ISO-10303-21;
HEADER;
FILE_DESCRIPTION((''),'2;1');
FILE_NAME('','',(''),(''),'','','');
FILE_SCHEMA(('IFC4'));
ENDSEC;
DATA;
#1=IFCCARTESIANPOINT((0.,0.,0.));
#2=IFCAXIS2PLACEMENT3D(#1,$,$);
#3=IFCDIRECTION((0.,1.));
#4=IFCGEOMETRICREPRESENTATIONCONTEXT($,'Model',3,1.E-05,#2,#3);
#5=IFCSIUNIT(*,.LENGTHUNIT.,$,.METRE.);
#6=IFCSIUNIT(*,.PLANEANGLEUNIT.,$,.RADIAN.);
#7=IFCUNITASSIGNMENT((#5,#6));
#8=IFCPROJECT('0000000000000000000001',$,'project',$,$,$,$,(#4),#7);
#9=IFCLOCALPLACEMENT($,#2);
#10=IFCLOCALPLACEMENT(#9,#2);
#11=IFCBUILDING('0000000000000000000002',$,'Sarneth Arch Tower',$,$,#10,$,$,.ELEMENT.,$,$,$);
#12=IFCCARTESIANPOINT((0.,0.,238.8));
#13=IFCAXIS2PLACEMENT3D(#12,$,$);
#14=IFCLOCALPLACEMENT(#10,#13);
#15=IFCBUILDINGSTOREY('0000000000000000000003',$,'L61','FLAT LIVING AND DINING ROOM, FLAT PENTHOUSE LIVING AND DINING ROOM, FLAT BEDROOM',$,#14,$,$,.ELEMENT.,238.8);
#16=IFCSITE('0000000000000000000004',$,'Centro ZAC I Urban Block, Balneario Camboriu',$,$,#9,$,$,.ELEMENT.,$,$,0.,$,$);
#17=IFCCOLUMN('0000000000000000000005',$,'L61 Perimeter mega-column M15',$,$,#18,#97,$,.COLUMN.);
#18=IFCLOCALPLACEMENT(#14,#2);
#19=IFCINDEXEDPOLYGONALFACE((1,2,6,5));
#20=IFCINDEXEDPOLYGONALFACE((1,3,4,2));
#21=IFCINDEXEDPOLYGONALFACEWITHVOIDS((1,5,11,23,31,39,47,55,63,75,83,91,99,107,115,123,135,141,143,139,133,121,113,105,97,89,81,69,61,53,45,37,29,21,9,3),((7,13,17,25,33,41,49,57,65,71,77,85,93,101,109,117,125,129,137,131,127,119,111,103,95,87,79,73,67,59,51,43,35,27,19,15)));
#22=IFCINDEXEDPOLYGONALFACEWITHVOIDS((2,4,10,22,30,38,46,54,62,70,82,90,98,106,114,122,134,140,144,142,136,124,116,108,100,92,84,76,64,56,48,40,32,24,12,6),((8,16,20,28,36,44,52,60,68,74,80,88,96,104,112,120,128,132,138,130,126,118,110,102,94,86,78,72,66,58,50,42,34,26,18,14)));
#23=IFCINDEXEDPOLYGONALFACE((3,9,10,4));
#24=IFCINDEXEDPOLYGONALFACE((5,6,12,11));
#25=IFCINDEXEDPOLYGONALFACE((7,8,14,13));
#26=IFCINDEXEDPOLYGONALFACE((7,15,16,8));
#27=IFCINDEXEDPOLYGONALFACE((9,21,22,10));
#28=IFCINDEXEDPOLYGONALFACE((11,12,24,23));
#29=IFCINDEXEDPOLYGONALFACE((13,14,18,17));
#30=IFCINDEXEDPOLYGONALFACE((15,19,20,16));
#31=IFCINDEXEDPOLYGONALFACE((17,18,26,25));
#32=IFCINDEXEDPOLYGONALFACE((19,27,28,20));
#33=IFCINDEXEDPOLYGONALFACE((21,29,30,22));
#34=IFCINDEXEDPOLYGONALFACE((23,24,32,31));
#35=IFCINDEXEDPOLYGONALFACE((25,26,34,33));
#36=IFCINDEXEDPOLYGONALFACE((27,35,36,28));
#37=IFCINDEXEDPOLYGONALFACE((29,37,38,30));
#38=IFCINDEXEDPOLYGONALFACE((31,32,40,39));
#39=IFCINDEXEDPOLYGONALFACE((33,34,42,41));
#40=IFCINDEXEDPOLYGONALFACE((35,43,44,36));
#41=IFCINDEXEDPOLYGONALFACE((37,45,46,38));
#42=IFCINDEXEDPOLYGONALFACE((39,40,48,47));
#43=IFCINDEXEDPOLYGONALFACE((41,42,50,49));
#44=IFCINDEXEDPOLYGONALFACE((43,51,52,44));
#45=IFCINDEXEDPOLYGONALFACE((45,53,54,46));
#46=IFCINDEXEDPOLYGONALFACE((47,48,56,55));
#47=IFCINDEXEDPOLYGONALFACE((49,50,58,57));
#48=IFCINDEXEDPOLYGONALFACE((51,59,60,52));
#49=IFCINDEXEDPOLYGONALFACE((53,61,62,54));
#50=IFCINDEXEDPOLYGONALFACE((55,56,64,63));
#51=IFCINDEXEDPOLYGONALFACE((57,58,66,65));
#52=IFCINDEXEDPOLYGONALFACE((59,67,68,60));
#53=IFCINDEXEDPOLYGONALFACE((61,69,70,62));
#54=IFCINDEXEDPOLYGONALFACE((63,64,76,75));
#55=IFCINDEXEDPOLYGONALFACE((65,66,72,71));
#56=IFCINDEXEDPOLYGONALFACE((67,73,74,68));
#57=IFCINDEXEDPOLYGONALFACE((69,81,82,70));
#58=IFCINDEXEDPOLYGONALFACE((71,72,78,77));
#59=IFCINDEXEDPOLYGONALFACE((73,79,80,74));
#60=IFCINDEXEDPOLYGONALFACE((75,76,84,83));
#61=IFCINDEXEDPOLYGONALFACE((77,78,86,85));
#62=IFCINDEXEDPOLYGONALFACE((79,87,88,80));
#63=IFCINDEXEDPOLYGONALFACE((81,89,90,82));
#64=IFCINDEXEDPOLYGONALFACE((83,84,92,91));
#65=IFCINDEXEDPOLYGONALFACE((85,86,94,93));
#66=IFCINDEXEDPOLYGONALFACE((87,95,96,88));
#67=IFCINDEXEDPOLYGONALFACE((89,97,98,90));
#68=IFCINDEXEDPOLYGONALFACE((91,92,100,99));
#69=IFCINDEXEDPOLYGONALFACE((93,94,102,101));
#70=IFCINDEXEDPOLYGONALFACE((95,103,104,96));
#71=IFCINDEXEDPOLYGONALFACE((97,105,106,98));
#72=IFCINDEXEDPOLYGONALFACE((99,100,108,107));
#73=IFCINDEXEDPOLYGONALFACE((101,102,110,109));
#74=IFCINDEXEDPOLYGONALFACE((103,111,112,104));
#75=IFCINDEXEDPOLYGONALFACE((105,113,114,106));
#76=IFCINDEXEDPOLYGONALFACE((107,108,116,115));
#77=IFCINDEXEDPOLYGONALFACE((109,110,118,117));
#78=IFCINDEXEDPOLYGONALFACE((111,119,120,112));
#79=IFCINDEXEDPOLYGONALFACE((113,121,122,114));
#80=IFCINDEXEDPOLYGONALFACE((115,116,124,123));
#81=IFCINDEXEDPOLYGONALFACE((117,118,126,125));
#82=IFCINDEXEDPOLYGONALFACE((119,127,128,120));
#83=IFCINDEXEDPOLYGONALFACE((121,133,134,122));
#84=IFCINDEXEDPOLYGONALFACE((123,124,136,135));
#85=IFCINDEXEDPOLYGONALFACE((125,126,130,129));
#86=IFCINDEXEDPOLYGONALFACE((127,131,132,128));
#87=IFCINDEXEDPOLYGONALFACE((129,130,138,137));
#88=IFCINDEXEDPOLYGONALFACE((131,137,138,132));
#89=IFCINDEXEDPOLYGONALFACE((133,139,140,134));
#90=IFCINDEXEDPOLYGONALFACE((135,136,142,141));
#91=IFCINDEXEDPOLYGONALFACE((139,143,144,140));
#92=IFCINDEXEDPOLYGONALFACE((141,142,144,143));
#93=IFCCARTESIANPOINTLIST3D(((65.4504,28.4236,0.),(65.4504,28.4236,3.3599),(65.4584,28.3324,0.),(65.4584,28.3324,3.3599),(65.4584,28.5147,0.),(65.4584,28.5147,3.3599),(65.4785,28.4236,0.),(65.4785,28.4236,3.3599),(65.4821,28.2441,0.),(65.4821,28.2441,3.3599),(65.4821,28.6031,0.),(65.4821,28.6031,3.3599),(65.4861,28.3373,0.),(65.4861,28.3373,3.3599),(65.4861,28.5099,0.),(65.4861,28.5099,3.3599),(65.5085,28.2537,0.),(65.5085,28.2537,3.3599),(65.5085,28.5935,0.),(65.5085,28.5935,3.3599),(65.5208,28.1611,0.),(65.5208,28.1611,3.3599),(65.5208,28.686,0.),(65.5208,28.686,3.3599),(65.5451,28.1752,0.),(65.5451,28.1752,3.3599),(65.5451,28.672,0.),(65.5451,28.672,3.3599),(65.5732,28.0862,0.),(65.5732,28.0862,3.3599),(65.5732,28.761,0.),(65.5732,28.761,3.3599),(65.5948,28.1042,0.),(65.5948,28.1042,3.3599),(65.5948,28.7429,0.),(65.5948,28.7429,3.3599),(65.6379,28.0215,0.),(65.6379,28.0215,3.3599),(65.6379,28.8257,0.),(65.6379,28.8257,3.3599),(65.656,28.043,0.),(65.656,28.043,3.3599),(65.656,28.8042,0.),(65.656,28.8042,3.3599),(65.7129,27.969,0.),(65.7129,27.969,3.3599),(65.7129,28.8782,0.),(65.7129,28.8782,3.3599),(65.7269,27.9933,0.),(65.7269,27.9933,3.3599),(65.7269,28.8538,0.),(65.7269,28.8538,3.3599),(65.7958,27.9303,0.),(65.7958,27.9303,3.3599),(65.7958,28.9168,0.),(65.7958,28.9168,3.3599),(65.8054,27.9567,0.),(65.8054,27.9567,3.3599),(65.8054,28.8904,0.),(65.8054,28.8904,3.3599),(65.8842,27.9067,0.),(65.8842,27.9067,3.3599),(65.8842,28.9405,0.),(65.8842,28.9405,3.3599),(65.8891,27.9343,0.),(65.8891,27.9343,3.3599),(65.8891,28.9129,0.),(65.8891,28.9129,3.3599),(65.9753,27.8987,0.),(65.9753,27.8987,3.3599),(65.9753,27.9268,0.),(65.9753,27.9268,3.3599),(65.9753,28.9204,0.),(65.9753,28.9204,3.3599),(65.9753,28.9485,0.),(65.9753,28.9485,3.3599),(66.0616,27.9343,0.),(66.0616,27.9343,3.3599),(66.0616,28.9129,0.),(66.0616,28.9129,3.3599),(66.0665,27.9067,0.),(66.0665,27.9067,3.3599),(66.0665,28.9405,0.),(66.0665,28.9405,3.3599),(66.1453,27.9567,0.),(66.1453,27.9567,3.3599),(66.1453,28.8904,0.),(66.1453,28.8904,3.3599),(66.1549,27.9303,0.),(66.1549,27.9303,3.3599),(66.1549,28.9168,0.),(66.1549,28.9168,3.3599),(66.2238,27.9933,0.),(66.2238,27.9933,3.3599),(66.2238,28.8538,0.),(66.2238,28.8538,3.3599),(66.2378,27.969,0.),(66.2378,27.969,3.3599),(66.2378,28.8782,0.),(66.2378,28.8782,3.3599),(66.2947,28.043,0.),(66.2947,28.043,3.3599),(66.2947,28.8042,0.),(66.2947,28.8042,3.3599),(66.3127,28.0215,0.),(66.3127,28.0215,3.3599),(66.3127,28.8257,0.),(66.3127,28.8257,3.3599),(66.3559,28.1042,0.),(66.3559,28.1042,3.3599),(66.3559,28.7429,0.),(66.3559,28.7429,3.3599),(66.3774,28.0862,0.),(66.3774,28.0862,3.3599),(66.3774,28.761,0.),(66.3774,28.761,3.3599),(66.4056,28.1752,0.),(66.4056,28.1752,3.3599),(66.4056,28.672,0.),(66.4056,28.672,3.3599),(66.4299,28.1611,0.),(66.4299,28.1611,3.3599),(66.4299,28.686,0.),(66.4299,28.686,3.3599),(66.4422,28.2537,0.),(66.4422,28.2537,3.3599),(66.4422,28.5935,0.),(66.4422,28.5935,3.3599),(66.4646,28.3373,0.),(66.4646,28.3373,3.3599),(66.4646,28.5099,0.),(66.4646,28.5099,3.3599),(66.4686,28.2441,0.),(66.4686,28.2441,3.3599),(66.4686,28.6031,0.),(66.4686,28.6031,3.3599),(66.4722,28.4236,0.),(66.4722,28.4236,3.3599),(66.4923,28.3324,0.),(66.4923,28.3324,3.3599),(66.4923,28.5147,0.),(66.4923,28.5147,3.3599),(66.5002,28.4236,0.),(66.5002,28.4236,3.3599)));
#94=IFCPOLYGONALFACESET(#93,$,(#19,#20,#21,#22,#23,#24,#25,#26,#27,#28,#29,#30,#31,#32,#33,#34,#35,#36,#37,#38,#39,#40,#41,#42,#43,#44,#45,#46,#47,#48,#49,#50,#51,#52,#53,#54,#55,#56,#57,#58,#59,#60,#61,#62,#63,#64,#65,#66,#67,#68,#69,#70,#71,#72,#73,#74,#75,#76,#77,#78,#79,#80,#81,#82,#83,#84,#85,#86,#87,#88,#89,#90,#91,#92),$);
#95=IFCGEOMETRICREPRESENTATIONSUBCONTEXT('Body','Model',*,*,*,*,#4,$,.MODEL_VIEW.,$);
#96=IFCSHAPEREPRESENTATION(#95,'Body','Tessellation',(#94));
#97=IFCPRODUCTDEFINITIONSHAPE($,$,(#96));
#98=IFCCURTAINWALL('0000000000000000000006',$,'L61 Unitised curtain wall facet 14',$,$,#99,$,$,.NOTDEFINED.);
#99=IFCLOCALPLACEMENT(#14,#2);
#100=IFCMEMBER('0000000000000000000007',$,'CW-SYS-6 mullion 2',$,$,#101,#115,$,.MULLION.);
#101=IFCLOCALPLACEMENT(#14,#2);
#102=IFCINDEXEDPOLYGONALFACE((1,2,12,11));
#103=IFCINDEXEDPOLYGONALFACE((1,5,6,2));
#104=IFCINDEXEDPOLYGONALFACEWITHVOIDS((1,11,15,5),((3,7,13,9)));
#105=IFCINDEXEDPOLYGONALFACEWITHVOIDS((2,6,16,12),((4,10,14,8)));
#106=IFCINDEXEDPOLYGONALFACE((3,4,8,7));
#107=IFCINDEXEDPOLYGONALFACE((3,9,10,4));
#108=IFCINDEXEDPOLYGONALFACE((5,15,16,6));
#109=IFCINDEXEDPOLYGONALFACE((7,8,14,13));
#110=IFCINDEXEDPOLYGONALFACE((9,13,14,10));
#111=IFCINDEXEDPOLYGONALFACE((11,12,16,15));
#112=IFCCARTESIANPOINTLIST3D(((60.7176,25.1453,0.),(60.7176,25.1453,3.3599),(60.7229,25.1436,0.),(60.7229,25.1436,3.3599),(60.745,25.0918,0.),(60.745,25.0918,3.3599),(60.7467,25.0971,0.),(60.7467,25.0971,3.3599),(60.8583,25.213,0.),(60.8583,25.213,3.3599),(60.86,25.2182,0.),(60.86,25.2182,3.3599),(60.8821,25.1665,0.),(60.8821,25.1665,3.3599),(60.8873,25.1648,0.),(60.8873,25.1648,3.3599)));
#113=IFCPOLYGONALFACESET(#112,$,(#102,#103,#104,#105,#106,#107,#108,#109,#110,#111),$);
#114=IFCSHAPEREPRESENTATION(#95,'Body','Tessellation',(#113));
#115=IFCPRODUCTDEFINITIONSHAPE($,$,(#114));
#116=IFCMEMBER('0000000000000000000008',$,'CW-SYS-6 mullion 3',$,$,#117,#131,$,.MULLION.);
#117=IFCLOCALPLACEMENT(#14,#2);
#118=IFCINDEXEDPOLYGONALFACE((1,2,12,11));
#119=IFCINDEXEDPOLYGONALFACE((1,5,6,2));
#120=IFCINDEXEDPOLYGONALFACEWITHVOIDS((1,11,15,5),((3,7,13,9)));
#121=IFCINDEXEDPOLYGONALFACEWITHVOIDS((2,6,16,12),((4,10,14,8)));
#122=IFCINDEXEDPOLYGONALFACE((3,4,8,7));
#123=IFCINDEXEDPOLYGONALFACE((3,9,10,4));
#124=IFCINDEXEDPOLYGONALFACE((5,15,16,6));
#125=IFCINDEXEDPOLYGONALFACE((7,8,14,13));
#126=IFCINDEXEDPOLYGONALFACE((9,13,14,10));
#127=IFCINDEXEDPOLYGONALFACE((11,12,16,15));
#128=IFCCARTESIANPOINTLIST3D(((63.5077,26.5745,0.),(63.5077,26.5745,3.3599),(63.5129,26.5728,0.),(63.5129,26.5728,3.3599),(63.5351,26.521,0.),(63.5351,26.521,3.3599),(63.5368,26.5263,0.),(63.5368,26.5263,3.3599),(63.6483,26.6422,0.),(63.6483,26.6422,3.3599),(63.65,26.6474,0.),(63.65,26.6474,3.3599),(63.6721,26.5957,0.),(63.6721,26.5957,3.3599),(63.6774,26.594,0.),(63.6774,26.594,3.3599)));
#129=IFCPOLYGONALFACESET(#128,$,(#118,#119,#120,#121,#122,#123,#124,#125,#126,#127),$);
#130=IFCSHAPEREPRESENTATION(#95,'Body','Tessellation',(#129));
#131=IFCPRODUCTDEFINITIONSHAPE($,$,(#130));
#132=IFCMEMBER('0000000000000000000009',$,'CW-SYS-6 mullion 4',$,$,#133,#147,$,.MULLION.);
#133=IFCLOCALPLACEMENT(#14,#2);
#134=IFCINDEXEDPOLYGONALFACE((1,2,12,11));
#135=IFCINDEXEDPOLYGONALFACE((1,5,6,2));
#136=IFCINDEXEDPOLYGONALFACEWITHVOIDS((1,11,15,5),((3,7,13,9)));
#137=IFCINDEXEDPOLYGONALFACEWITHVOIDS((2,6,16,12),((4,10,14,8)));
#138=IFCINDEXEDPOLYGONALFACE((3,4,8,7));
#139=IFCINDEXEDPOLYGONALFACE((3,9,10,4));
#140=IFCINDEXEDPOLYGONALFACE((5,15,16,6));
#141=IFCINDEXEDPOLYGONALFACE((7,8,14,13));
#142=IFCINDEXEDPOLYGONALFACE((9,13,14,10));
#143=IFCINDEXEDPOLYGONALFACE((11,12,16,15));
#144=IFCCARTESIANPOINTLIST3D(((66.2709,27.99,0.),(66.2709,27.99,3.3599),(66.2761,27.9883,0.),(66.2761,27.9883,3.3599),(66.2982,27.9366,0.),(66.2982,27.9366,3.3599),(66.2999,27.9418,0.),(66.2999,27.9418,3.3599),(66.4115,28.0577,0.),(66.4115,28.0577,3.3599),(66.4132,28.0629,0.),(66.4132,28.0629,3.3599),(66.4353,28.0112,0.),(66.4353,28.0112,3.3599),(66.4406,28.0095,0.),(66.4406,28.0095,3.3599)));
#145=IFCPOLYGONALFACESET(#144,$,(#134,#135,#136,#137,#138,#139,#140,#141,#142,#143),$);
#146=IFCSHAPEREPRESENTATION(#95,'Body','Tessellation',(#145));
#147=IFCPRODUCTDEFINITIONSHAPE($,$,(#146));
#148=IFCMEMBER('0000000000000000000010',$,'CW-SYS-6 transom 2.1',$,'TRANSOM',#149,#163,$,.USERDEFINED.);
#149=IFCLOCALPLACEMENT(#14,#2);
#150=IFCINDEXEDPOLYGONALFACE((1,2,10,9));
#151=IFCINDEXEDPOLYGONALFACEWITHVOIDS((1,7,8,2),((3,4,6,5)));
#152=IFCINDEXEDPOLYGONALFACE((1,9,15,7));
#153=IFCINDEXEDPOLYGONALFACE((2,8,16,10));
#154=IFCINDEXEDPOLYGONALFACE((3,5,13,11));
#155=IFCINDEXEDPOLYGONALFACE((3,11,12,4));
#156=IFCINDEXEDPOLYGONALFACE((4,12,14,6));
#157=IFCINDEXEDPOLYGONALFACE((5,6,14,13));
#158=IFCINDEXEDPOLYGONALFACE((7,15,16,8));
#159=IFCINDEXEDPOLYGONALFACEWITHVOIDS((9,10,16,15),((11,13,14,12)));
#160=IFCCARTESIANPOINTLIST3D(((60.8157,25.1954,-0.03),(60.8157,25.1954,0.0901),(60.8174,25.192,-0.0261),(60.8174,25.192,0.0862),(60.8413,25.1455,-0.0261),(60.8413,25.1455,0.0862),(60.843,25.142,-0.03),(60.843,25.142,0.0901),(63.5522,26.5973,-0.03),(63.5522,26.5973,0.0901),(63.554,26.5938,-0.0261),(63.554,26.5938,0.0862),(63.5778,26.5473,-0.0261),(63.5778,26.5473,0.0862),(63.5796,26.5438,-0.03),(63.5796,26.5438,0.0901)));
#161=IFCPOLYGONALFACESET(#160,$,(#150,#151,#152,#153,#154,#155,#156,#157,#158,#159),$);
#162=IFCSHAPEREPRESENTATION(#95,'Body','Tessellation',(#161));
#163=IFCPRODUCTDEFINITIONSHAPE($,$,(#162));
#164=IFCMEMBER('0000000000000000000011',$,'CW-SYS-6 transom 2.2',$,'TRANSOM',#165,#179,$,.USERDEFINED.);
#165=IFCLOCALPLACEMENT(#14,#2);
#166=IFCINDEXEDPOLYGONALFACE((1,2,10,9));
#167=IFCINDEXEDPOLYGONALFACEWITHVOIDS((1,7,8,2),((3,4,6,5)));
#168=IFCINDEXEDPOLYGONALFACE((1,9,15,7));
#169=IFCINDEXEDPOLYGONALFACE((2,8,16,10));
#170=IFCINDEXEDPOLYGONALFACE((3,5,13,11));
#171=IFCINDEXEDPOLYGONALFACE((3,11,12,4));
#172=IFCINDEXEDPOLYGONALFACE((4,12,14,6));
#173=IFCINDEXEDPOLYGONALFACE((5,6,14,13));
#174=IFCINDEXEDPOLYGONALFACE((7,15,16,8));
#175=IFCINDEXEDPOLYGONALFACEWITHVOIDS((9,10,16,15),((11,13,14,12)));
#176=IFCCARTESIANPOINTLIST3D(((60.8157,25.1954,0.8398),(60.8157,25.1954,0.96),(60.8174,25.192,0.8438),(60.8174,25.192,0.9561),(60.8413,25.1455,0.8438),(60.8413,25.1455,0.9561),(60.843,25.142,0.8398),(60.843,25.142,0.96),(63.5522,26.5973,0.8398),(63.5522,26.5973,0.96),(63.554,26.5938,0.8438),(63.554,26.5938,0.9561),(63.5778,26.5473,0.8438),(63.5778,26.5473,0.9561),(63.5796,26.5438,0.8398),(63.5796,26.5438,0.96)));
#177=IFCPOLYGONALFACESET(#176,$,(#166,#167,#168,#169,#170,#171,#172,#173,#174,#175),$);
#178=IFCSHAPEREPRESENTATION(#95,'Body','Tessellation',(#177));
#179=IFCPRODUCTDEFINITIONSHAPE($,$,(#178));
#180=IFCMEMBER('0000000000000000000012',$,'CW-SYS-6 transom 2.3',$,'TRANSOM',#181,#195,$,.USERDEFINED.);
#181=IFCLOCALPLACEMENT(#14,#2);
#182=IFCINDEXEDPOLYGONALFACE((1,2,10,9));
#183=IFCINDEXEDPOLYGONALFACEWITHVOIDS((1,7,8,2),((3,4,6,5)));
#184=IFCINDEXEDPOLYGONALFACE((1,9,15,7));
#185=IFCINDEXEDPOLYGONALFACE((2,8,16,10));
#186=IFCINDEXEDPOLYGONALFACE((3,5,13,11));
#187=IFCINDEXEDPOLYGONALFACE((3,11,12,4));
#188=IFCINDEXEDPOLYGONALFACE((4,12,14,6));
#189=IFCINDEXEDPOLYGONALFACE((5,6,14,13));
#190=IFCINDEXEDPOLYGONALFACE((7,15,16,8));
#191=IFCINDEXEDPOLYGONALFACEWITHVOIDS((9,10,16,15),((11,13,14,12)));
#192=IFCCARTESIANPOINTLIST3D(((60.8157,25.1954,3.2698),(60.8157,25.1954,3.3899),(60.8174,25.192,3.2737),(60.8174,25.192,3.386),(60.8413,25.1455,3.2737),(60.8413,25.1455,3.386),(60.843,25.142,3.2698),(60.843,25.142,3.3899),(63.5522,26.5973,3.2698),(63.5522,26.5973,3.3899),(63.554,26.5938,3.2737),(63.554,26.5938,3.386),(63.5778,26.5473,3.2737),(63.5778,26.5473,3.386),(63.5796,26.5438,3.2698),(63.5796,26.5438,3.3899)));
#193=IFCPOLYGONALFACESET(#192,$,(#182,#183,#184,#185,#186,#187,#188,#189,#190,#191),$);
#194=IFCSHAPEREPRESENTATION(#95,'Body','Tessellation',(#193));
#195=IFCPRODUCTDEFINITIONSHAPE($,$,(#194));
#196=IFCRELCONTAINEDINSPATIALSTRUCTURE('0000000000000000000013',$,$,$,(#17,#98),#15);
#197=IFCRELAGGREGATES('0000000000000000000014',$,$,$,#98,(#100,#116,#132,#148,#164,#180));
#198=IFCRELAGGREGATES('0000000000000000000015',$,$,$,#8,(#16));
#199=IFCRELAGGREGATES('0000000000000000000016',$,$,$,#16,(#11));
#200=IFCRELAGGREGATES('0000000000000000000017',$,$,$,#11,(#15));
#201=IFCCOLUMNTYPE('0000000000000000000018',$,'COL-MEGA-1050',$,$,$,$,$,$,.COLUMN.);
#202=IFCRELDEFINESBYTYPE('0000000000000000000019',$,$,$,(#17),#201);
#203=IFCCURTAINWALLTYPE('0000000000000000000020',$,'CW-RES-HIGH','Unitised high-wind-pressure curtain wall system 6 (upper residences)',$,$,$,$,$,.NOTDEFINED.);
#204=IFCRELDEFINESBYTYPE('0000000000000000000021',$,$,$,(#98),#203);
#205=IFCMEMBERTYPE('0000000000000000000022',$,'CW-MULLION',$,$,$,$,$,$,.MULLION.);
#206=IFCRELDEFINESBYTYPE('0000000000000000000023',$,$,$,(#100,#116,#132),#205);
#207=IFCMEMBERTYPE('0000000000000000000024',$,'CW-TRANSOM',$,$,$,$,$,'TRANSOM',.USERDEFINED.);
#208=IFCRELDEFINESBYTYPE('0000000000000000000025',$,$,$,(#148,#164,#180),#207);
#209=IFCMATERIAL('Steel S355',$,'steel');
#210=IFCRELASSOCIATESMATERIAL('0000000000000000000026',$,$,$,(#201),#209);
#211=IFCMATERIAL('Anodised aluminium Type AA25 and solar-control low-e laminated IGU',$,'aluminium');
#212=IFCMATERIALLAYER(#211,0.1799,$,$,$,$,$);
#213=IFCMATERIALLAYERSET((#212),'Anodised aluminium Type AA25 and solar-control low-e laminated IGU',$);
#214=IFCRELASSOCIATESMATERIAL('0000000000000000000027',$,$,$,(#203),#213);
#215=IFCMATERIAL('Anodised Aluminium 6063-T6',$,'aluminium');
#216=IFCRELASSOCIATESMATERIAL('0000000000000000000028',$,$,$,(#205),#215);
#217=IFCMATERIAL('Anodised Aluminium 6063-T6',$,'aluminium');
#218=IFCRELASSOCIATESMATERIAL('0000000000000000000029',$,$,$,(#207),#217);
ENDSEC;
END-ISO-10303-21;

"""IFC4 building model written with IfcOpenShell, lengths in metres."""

from ifc_helpers import new_model, si_unit, direction, frame, origin, origin_2d, place, context, subcontext, project, spatial, hollow_rectangle, hollow_circle, extrude, material, layer, layer_set, material_profile, profile_set, type_object, element, aggregate, save


model = new_model("IFC4")

# Units and contexts
model_context = context("Model", 3, precision=1e-05, world=origin(), true_north=direction((0.0, 1.0)))
body_context = subcontext(model_context, "Body", "Model", "MODEL_VIEW")
ifc_project = project(units=[si_unit("LENGTHUNIT", "METRE"), si_unit("PLANEANGLEUNIT", "RADIAN")], contexts=[model_context])

# Site, building, storey
site_placement = place(None, origin())
site = spatial("IfcSite", under=ifc_project, at=site_placement, Name="Centro ZAC I Urban Block, Balneario Camboriu", CompositionType="ELEMENT", RefElevation=0.0)
building_placement = place(site_placement, origin())
building = spatial("IfcBuilding", under=site, at=building_placement, Name="Sarneth Arch Tower", CompositionType="ELEMENT")
storey_placement = place(building_placement, frame((0.0, 0.0, 238.8)))
storey = spatial("IfcBuildingStorey", under=building, at=storey_placement, Name="L61", Description="FLAT LIVING AND DINING ROOM, FLAT PENTHOUSE LIVING AND DINING ROOM, FLAT BEDROOM", CompositionType="ELEMENT", Elevation=238.8)

# Column
ifc_material_1 = material(Name="Steel S355", Category="steel")
ifc_material_profile_1 = material_profile(ifc_material_1, hollow_circle(Radius=0.5249, WallThickness=0.0281, at=origin_2d()), Name="CHS1050x28")
ifc_profile_set_1 = profile_set([ifc_material_profile_1], Name="Steel S355")
column_type = type_object("IfcColumnType", Name="COL-MEGA-1050", PredefinedType="COLUMN", material=ifc_profile_set_1)
column_placement = place(storey_placement, frame((65.9753, 28.4236, 0.0), z_axis=(0.0, 0.0, 1.0), x_axis=(1.0, 0.0, 0.0)))
element("IfcColumn", 1, at=column_placement, inside=storey, type_object=column_type, Name="L61 Perimeter mega-column M15", PredefinedType="COLUMN", context=body_context, shape_type="SweptSolid", body=[
    extrude(hollow_circle(Radius=0.5249, WallThickness=0.0281, at=origin_2d()), origin(), (0.0, 0.0, 1.0), 3.3599),
])

# Curtain wall, members
ifc_material_2 = material(Name="Anodised aluminium Type AA25 and solar-control low-e laminated IGU", Category="aluminium")
ifc_layer_1 = layer(ifc_material_2, 0.1799)
ifc_layer_set_1 = layer_set([ifc_layer_1], Name="Anodised aluminium Type AA25 and solar-control low-e laminated IGU")
curtain_wall_type = type_object("IfcCurtainWallType", Name="CW-RES-HIGH", Description="Unitised high-wind-pressure curtain wall system 6 (upper residences)", PredefinedType="NOTDEFINED", material=ifc_layer_set_1)
curtain_wall_placement = place(storey_placement, origin())
curtain_wall = element("IfcCurtainWall", 2, at=curtain_wall_placement, inside=storey, type_object=curtain_wall_type, Name="L61 Unitised curtain wall facet 14", PredefinedType="NOTDEFINED")
ifc_material_3 = material(Name="Anodised Aluminium 6063-T6", Category="aluminium")
ifc_material_profile_2 = material_profile(ifc_material_3, hollow_rectangle(XDim=0.0601, YDim=0.1599, WallThickness=0.0039, at=origin_2d()), Name="AL-MULL-160x60x4")
ifc_profile_set_2 = profile_set([ifc_material_profile_2], Name="Anodised Aluminium 6063-T6")
member_type_1 = type_object("IfcMemberType", Name="CW-MULLION", PredefinedType="MULLION", material=ifc_profile_set_2)
member_1_placement = place(storey_placement, frame((60.8025, 25.155, 0.0), z_axis=(0.0, 0.0, 1.0), x_axis=(-0.455942, 0.89001, 0.0)))
member_1 = element("IfcMember", 3, at=member_1_placement, type_object=member_type_1, Name="CW-SYS-6 mullion 2", PredefinedType="MULLION", context=body_context, shape_type="SweptSolid", body=[
    extrude(hollow_rectangle(XDim=0.0601, YDim=0.1599, WallThickness=0.0039, at=origin_2d()), origin(), (0.0, 0.0, 1.0), 3.3599),
])
member_2_placement = place(storey_placement, frame((63.5925, 26.5842, 0.0), z_axis=(0.0, 0.0, 1.0), x_axis=(-0.455942, 0.89001, 0.0)))
member_2 = element("IfcMember", 4, at=member_2_placement, type_object=member_type_1, Name="CW-SYS-6 mullion 3", PredefinedType="MULLION", context=body_context, shape_type="SweptSolid", body=[
    extrude(hollow_rectangle(XDim=0.0601, YDim=0.1599, WallThickness=0.0039, at=origin_2d()), origin(), (0.0, 0.0, 1.0), 3.3599),
])
member_3_placement = place(storey_placement, frame((66.3557, 27.9998, 0.0), z_axis=(0.0, 0.0, 1.0), x_axis=(-0.455942, 0.89001, 0.0)))
member_3 = element("IfcMember", 5, at=member_3_placement, type_object=member_type_1, Name="CW-SYS-6 mullion 4", PredefinedType="MULLION", context=body_context, shape_type="SweptSolid", body=[
    extrude(hollow_rectangle(XDim=0.0601, YDim=0.1599, WallThickness=0.0039, at=origin_2d()), origin(), (0.0, 0.0, 1.0), 3.3599),
])
ifc_material_4 = material(Name="Anodised Aluminium 6063-T6", Category="aluminium")
ifc_material_profile_3 = material_profile(ifc_material_4, hollow_rectangle(XDim=0.0601, YDim=0.1201, WallThickness=0.0039, at=origin_2d()), Name="AL-TRAN-120x60x4")
ifc_profile_set_3 = profile_set([ifc_material_profile_3], Name="Anodised Aluminium 6063-T6")
member_type_2 = type_object("IfcMemberType", Name="CW-TRANSOM", ElementType="TRANSOM", PredefinedType="USERDEFINED", material=ifc_profile_set_3)
member_4_placement = place(storey_placement, frame((60.8293, 25.1687, 0.03), z_axis=(0.890017, 0.455926, 0.0), x_axis=(-0.455926, 0.890017, 0.0)))
member_4 = element("IfcMember", 6, at=member_4_placement, type_object=member_type_2, Name="CW-SYS-6 transom 2.1", ObjectType="TRANSOM", PredefinedType="USERDEFINED", context=body_context, shape_type="SweptSolid", body=[
    extrude(hollow_rectangle(XDim=0.0601, YDim=0.1201, WallThickness=0.0039, at=origin_2d()), origin(), (0.0, 0.0, 1.0), 3.0747),
])
member_5_placement = place(storey_placement, frame((60.8293, 25.1687, 0.8999), z_axis=(0.890017, 0.455926, 0.0), x_axis=(-0.455926, 0.890017, 0.0)))
member_5 = element("IfcMember", 7, at=member_5_placement, type_object=member_type_2, Name="CW-SYS-6 transom 2.2", ObjectType="TRANSOM", PredefinedType="USERDEFINED", context=body_context, shape_type="SweptSolid", body=[
    extrude(hollow_rectangle(XDim=0.0601, YDim=0.1201, WallThickness=0.0039, at=origin_2d()), origin(), (0.0, 0.0, 1.0), 3.0747),
])
member_6_placement = place(storey_placement, frame((60.8293, 25.1687, 3.3298), z_axis=(0.890017, 0.455926, 0.0), x_axis=(-0.455926, 0.890017, 0.0)))
member_6 = element("IfcMember", 8, at=member_6_placement, type_object=member_type_2, Name="CW-SYS-6 transom 2.3", ObjectType="TRANSOM", PredefinedType="USERDEFINED", context=body_context, shape_type="SweptSolid", body=[
    extrude(hollow_rectangle(XDim=0.0601, YDim=0.1201, WallThickness=0.0039, at=origin_2d()), origin(), (0.0, 0.0, 1.0), 3.0747),
])

aggregate(curtain_wall, [member_1, member_2, member_3, member_4, member_5, member_6])

save(model, "model.ifc")
